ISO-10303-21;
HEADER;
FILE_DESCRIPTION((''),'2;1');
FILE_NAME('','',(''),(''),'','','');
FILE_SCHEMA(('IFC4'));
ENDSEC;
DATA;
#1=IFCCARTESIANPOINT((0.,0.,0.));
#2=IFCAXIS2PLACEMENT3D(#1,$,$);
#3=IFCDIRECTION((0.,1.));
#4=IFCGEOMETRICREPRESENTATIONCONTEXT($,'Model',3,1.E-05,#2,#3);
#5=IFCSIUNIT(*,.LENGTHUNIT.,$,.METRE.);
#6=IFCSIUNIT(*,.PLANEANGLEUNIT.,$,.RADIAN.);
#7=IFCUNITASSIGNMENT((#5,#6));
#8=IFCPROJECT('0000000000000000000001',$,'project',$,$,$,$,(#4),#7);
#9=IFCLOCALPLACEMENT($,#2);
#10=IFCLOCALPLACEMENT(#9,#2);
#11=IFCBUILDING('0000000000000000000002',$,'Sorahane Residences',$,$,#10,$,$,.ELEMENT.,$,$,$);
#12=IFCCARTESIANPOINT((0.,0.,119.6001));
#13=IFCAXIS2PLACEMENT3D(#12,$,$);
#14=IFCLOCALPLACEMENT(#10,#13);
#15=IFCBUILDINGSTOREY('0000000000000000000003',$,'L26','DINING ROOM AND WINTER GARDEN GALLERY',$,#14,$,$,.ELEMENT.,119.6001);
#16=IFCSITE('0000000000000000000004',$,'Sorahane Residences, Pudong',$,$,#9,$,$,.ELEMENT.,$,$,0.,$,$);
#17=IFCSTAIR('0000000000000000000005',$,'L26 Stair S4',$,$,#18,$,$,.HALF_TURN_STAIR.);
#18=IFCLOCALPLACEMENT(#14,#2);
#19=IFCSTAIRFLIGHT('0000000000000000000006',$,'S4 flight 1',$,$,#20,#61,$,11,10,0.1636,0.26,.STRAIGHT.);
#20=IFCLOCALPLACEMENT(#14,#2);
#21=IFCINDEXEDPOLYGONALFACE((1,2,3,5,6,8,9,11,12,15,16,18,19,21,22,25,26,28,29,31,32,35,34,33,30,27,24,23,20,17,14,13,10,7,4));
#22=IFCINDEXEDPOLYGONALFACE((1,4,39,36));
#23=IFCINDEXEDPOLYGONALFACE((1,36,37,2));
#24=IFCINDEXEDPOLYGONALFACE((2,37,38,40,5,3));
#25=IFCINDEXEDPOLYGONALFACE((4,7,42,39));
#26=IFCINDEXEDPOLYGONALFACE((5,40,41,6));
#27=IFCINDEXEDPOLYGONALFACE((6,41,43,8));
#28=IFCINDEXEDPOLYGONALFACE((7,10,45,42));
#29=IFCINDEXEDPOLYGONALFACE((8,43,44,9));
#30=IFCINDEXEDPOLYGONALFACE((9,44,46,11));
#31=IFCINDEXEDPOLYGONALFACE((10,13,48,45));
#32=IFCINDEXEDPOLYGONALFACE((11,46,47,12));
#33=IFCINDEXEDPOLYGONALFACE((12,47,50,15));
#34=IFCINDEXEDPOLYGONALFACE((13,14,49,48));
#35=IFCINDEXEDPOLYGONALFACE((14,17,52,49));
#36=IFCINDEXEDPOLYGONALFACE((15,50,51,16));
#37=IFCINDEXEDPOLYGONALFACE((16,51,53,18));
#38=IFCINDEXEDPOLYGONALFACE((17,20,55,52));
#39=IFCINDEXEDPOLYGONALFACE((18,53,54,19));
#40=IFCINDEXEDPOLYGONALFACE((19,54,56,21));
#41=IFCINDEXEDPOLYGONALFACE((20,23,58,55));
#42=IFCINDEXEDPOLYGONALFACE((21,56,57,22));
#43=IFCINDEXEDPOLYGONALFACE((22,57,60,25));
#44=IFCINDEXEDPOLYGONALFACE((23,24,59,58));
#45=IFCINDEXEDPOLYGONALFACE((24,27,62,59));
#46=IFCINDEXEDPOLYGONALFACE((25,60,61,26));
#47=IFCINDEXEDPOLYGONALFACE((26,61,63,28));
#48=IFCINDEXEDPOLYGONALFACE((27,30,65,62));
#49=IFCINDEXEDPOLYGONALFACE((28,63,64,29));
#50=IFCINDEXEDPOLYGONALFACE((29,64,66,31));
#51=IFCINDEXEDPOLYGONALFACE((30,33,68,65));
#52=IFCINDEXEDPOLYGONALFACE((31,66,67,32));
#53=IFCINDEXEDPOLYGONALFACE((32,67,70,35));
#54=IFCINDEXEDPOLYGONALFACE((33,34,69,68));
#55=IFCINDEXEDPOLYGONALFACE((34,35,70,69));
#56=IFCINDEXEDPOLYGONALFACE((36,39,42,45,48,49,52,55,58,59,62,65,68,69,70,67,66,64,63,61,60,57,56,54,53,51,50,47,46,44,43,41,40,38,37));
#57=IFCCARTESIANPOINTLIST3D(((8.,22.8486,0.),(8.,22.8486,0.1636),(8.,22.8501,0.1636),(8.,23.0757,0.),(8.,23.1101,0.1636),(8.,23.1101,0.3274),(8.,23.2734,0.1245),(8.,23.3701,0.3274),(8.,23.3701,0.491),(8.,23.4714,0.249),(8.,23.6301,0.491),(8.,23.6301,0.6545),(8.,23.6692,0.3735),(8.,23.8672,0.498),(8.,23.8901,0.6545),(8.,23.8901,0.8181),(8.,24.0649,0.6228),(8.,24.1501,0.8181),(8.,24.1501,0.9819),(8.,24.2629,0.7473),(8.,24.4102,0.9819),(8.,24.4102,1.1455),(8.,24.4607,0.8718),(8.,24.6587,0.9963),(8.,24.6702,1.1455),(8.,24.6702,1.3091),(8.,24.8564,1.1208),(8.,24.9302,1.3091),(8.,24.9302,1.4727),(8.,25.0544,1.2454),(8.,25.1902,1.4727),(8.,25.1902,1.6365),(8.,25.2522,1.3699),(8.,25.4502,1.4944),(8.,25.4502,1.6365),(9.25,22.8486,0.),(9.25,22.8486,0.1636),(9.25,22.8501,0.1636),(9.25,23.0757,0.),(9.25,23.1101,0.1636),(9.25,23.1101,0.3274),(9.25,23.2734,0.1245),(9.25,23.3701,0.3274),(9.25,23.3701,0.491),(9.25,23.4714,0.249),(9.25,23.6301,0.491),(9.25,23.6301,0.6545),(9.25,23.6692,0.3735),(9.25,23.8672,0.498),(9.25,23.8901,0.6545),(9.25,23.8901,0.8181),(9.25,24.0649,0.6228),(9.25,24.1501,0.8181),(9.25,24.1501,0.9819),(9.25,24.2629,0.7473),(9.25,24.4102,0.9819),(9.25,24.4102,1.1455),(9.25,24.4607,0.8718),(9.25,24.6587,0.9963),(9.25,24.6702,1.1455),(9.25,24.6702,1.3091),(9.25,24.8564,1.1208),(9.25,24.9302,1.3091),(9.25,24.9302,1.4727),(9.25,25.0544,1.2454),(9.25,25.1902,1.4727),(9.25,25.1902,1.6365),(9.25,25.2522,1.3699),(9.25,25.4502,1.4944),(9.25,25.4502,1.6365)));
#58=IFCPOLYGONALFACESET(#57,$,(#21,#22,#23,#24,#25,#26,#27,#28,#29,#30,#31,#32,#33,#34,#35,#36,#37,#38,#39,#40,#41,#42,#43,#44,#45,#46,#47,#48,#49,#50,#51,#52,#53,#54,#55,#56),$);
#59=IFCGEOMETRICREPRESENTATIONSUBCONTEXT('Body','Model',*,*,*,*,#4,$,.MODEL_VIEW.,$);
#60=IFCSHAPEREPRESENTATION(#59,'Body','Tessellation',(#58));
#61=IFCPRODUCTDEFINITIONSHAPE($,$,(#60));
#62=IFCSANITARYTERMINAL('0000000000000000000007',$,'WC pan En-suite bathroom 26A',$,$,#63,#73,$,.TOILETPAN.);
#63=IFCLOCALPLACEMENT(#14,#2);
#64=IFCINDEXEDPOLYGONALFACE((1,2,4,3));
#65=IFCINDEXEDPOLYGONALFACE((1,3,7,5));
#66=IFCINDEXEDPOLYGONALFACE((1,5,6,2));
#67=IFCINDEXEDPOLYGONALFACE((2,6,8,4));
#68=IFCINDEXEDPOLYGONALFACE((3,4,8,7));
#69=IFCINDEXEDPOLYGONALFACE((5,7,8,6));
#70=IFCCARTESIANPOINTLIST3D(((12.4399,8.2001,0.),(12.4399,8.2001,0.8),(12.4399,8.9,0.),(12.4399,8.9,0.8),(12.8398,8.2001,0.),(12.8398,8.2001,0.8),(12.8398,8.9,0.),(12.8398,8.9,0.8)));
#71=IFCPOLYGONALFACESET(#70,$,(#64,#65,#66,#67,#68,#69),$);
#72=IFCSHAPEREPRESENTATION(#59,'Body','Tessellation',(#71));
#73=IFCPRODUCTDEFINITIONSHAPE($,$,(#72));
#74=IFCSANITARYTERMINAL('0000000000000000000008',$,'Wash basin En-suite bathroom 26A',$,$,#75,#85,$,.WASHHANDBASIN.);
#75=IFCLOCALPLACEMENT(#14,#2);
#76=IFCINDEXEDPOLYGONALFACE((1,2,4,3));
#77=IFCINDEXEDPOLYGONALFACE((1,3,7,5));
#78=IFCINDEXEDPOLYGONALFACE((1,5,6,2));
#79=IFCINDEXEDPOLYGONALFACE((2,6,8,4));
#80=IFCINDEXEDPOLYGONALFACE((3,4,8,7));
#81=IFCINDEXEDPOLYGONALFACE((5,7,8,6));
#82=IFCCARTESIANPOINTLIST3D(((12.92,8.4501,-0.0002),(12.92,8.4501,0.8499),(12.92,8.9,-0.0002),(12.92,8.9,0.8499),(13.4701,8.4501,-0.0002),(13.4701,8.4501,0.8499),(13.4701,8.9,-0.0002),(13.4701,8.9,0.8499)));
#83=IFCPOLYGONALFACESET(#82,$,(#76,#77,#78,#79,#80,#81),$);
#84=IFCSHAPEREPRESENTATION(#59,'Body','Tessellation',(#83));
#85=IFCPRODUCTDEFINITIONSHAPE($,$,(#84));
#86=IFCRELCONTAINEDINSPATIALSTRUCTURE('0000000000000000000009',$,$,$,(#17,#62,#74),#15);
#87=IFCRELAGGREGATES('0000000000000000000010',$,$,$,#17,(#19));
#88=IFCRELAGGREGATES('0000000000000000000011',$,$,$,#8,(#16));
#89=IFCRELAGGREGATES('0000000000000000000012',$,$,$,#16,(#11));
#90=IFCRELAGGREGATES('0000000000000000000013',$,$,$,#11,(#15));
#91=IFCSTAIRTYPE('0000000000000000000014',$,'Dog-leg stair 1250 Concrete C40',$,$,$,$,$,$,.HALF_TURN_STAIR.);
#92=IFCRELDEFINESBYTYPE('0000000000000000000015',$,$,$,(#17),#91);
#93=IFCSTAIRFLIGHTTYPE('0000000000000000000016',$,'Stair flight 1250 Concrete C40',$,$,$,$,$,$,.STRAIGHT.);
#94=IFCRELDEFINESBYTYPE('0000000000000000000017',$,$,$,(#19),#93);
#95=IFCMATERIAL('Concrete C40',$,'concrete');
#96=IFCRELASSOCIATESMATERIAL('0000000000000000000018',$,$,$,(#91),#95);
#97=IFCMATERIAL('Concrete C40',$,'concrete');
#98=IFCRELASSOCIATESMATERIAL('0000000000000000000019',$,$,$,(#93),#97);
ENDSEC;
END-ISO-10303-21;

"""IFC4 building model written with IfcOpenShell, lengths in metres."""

from ifc_helpers import new_model, si_unit, direction, frame, origin, origin_2d, place, context, subcontext, project, spatial, polyline, rectangle, outline, extrude, material, type_object, element, aggregate, save


model = new_model("IFC4")

# Units and contexts
model_context = context("Model", 3, precision=1e-05, world=origin(), true_north=direction((0.0, 1.0)))
body_context = subcontext(model_context, "Body", "Model", "MODEL_VIEW")
ifc_project = project(units=[si_unit("LENGTHUNIT", "METRE"), si_unit("PLANEANGLEUNIT", "RADIAN")], contexts=[model_context])

# Site, building, storey
site_placement = place(None, origin())
site = spatial("IfcSite", under=ifc_project, at=site_placement, Name="Sorahane Residences, Pudong", CompositionType="ELEMENT", RefElevation=0.0)
building_placement = place(site_placement, origin())
building = spatial("IfcBuilding", under=site, at=building_placement, Name="Sorahane Residences", CompositionType="ELEMENT")
storey_placement = place(building_placement, frame((0.0, 0.0, 119.6001)))
storey = spatial("IfcBuildingStorey", under=building, at=storey_placement, Name="L26", Description="DINING ROOM AND WINTER GARDEN GALLERY", CompositionType="ELEMENT", Elevation=119.6001)

# Stair, stair flight
ifc_material_1 = material(Name="Concrete C40", Category="concrete")
stair_type = type_object("IfcStairType", Name="Dog-leg stair 1250 Concrete C40", PredefinedType="HALF_TURN_STAIR", material=ifc_material_1)
stair_placement = place(storey_placement, origin())
stair = element("IfcStair", 1, at=stair_placement, inside=storey, type_object=stair_type, Name="L26 Stair S4", PredefinedType="HALF_TURN_STAIR")
ifc_material_2 = material(Name="Concrete C40", Category="concrete")
stair_flight_type = type_object("IfcStairFlightType", Name="Stair flight 1250 Concrete C40", PredefinedType="STRAIGHT", material=ifc_material_2)
stair_flight_placement = place(storey_placement, frame((8.625, 22.8501, 0.0), z_axis=(0.0, 0.0, 1.0), x_axis=(0.0, 1.0, 0.0)))
stair_flight = element("IfcStairFlight", 2, at=stair_flight_placement, type_object=stair_flight_type, Name="S4 flight 1", NumberOfRisers=11, NumberOfTreads=10, PredefinedType="STRAIGHT", RiserHeight=0.1636, TreadLength=0.26, context=body_context, shape_type="SweptSolid", body=[
    extrude(outline(polyline([(-0.0015, 0.0), (-0.0015, 0.1636), (0.0, 0.1636), (0.26, 0.1636), (0.26, 0.3274), (0.52, 0.3274), (0.52, 0.491), (0.78, 0.491), (0.78, 0.6545), (1.04, 0.6545), (1.04, 0.8181), (1.3, 0.8181), (1.3, 0.9819), (1.5601, 0.9819), (1.5601, 1.1455), (1.8201, 1.1455), (1.8201, 1.3091), (2.0801, 1.3091), (2.0801, 1.4727), (2.3401, 1.4727), (2.3401, 1.6365), (2.6001, 1.6365), (2.6001, 1.8), (2.6001, 1.4944), (2.4021, 1.3699), (2.2043, 1.2454), (2.0063, 1.1208), (1.8086, 0.9963), (1.6106, 0.8718), (1.4128, 0.7473), (1.2148, 0.6228), (1.0171, 0.498), (0.8191, 0.3735), (0.6213, 0.249), (0.4233, 0.1245), (0.2256, 0.0), (-0.0015, 0.0)])), frame((0.0, 0.625, 0.0), z_axis=(0.0, -1.0, 0.0), x_axis=(1.0, 0.0, 0.0)), (0.0, 0.0, 1.0), 1.25),
])
aggregate(stair, [stair_flight])

# Sanitary terminals
sanitary_terminal_1_placement = place(storey_placement, frame((12.6399, 8.55, 0.0), z_axis=(0.0, 0.0, 1.0), x_axis=(1.0, 0.0, 0.0)))
element("IfcSanitaryTerminal", 3, at=sanitary_terminal_1_placement, inside=storey, Name="WC pan En-suite bathroom 26A", PredefinedType="TOILETPAN", context=body_context, shape_type="SweptSolid", body=[
    extrude(rectangle(XDim=0.3999, YDim=0.7, at=origin_2d()), origin(), (0.0, 0.0, 1.0), 0.8),
])
sanitary_terminal_2_placement = place(storey_placement, frame((13.1951, 8.675, -0.0002), z_axis=(0.0, 0.0, 1.0), x_axis=(1.0, 0.0, 0.0)))
element("IfcSanitaryTerminal", 4, at=sanitary_terminal_2_placement, inside=storey, Name="Wash basin En-suite bathroom 26A", PredefinedType="WASHHANDBASIN", context=body_context, shape_type="SweptSolid", body=[
    extrude(rectangle(XDim=0.55, YDim=0.45, at=origin_2d()), origin(), (0.0, 0.0, 1.0), 0.8501),
])

save(model, "model.ifc")
